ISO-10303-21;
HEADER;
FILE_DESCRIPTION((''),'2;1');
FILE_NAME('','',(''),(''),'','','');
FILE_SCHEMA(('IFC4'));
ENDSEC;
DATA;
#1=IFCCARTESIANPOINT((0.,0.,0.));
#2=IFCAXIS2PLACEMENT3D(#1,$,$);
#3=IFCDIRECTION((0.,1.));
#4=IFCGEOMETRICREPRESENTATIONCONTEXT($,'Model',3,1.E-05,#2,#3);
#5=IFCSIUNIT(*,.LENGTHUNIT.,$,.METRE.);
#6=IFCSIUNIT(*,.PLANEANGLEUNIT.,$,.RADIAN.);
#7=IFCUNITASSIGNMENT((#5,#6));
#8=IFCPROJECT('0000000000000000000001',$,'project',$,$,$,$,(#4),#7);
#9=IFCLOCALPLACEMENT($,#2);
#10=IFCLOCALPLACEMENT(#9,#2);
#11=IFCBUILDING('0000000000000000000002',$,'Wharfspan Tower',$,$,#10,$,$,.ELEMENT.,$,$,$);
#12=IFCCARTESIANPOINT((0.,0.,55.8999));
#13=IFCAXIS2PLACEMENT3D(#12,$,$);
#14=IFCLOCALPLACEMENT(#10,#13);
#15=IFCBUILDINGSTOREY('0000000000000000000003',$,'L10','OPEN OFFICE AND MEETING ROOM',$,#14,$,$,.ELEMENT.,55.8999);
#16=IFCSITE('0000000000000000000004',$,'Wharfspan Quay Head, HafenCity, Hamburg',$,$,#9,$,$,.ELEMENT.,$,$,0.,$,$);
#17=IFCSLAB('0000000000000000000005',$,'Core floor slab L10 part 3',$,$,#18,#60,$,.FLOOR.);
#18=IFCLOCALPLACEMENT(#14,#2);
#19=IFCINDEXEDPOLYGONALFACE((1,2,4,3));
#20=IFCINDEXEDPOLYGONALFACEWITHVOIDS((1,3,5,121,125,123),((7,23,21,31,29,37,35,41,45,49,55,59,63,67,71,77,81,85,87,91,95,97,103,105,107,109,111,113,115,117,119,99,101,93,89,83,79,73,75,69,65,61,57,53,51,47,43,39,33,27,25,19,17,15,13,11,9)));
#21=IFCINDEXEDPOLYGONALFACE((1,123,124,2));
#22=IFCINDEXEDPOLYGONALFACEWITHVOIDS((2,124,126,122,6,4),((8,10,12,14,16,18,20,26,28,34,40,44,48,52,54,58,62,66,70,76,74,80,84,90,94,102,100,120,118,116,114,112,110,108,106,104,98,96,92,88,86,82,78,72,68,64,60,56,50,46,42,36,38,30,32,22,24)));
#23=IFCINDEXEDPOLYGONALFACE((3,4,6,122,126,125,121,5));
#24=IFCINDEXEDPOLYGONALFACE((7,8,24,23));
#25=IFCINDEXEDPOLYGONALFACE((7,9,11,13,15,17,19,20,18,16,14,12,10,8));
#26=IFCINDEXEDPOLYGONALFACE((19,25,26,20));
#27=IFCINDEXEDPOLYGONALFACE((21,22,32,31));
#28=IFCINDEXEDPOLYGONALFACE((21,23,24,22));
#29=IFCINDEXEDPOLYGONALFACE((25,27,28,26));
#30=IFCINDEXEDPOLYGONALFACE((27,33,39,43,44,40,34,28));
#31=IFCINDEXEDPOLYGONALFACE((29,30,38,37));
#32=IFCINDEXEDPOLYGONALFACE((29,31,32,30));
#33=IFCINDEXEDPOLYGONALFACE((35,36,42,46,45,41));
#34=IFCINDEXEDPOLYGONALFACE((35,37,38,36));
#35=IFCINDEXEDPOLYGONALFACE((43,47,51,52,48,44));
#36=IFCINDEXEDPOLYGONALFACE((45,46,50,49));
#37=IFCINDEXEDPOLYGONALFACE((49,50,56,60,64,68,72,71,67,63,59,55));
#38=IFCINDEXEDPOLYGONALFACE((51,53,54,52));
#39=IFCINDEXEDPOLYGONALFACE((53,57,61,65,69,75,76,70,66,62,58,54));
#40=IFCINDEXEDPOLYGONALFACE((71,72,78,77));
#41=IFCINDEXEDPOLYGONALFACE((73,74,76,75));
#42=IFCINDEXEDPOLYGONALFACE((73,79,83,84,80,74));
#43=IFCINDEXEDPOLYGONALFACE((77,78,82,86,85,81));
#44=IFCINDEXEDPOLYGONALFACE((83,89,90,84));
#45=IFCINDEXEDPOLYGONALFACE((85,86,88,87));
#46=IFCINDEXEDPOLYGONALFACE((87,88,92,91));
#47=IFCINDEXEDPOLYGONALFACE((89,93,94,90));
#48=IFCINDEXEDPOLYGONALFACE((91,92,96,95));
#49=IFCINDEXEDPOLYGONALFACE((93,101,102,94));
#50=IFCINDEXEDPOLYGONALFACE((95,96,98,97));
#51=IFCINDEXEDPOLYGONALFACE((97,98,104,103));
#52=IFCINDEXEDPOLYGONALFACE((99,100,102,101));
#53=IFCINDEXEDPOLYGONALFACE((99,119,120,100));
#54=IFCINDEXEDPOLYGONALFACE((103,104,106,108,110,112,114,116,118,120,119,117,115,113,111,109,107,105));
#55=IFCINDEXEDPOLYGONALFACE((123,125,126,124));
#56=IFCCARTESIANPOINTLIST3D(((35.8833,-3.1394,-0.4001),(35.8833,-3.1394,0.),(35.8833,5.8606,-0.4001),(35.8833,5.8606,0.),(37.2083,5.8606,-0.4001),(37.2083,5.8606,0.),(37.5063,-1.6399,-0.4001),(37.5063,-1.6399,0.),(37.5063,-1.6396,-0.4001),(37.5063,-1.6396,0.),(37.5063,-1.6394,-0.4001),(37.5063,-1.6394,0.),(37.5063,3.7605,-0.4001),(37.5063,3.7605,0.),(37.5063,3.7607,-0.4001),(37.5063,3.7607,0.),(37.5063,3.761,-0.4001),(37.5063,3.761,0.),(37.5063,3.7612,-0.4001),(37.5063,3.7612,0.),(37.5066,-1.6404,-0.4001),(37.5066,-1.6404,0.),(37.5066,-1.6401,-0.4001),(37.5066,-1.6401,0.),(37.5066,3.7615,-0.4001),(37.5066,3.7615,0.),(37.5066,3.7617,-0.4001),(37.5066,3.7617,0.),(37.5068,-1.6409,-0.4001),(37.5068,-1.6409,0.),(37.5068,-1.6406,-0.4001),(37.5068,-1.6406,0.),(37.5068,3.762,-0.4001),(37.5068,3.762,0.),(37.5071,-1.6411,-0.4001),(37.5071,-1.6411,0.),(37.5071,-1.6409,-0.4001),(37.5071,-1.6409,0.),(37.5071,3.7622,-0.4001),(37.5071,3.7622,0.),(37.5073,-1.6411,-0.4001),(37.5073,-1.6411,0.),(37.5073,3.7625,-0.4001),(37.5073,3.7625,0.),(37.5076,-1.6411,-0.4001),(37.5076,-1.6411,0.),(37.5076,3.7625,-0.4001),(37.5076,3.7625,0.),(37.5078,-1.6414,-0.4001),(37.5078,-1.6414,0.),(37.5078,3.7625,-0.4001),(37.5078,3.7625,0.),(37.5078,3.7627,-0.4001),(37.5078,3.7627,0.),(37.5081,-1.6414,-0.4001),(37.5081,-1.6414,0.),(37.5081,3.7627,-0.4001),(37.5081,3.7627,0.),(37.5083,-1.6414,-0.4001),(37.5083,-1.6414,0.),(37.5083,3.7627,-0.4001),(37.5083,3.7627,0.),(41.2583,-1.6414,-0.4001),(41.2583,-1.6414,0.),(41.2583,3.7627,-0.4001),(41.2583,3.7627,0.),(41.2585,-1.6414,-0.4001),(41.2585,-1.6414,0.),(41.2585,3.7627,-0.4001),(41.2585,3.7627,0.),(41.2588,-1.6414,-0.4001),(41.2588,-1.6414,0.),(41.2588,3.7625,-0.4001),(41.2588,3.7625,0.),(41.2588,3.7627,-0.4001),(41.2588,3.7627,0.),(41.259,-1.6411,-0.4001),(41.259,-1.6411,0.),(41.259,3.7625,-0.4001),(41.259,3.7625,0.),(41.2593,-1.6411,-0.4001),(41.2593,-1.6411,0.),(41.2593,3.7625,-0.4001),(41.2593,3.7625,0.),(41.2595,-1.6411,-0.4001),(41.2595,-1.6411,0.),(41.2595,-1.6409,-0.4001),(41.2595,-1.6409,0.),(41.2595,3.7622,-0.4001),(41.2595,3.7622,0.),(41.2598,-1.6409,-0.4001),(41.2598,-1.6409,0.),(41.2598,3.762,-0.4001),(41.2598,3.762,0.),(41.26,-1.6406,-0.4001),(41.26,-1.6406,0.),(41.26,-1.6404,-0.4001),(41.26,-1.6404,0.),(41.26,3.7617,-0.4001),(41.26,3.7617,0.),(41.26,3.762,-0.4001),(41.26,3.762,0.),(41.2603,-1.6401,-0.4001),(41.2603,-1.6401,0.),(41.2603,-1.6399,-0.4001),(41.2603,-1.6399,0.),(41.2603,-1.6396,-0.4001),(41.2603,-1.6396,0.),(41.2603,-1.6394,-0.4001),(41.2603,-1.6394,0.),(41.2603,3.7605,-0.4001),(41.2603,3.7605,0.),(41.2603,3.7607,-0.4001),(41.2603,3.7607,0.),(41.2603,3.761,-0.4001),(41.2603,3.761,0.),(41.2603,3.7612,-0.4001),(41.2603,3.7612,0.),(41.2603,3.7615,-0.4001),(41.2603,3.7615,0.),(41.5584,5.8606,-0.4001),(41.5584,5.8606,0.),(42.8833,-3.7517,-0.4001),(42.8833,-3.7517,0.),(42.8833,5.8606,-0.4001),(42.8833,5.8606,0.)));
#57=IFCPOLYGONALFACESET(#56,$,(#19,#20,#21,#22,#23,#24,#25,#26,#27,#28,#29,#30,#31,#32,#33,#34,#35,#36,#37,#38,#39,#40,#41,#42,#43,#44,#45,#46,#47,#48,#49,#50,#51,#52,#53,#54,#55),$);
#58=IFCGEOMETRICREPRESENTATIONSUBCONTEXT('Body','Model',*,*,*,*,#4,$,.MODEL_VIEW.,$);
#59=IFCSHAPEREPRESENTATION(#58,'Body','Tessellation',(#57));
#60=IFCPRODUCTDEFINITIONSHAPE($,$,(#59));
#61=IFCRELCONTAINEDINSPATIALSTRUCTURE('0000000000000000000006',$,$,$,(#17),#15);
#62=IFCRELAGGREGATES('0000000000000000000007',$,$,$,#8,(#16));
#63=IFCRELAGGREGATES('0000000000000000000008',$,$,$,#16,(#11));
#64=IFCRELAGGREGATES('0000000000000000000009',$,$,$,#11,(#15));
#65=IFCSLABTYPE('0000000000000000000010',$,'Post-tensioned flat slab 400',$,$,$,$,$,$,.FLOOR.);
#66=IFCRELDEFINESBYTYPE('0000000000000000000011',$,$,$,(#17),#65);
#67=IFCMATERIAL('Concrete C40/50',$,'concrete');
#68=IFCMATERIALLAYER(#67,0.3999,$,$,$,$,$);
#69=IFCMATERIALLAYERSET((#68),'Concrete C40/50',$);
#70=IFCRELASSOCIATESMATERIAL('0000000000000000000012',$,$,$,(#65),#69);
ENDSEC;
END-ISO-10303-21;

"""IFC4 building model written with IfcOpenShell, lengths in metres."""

from ifc_helpers import new_model, si_unit, direction, frame, origin, place, context, subcontext, project, spatial, polyline, outline, extrude, material, layer, layer_set, type_object, element, save


model = new_model("IFC4")

# Units and contexts
model_context = context("Model", 3, precision=1e-05, world=origin(), true_north=direction((0.0, 1.0)))
body_context = subcontext(model_context, "Body", "Model", "MODEL_VIEW")
ifc_project = project(units=[si_unit("LENGTHUNIT", "METRE"), si_unit("PLANEANGLEUNIT", "RADIAN")], contexts=[model_context])

# Site, building, storey
site_placement = place(None, origin())
site = spatial("IfcSite", under=ifc_project, at=site_placement, Name="Wharfspan Quay Head, HafenCity, Hamburg", CompositionType="ELEMENT", RefElevation=0.0)
building_placement = place(site_placement, origin())
building = spatial("IfcBuilding", under=site, at=building_placement, Name="Wharfspan Tower", CompositionType="ELEMENT")
storey_placement = place(building_placement, frame((0.0, 0.0, 55.8999)))
storey = spatial("IfcBuildingStorey", under=building, at=storey_placement, Name="L10", Description="OPEN OFFICE AND MEETING ROOM", CompositionType="ELEMENT", Elevation=55.8999)

# Slab
ifc_material_1 = material(Name="Concrete C40/50", Category="concrete")
ifc_layer_1 = layer(ifc_material_1, 0.3999)
ifc_layer_set_1 = layer_set([ifc_layer_1], Name="Concrete C40/50")
slab_type = type_object("IfcSlabType", Name="Post-tensioned flat slab 400", PredefinedType="FLOOR", material=ifc_layer_set_1)
slab_1_placement = place(storey_placement, frame((0.0, 0.0, -0.4001)))
element("IfcSlab", 1, at=slab_1_placement, inside=storey, type_object=slab_type, Name="Core floor slab L10 part 3", PredefinedType="FLOOR", context=body_context, shape_type="SweptSolid", body=[
    extrude(outline(polyline([(41.5583, 5.8606), (37.2083, 5.8606), (35.8833, 5.8606), (35.8833, -3.1394), (42.8833, -3.7517), (42.8833, 5.8606), (41.5583, 5.8606)]), holes=[polyline([(37.5063, 3.7605), (37.5063, 3.7607), (37.5063, 3.761), (37.5063, 3.7612), (37.5066, 3.7615), (37.5066, 3.7617), (37.5066, 3.7617), (37.5068, 3.762), (37.5068, 3.762), (37.5071, 3.7622), (37.5071, 3.7622), (37.5073, 3.7625), (37.5076, 3.7625), (37.5078, 3.7625), (37.5078, 3.7627), (37.5081, 3.7627), (37.5083, 3.7627), (41.2583, 3.7627), (41.2585, 3.7627), (41.2588, 3.7627), (41.2588, 3.7625), (41.259, 3.7625), (41.2593, 3.7625), (41.2595, 3.7622), (41.2595, 3.7622), (41.2598, 3.762), (41.26, 3.762), (41.26, 3.7617), (41.26, 3.7617), (41.2603, 3.7615), (41.2603, 3.7612), (41.2603, 3.761), (41.2603, 3.7607), (41.2603, 3.7605), (41.2603, -1.6394), (41.2603, -1.6396), (41.2603, -1.6399), (41.2603, -1.6399), (41.2603, -1.6401), (41.26, -1.6404), (41.26, -1.6404), (41.26, -1.6406), (41.2598, -1.6409), (41.2595, -1.6409), (41.2595, -1.6411), (41.2593, -1.6411), (41.259, -1.6411), (41.2588, -1.6414), (41.2588, -1.6414), (41.2585, -1.6414), (41.2583, -1.6414), (37.5083, -1.6414), (37.5081, -1.6414), (37.5078, -1.6414), (37.5078, -1.6414), (37.5076, -1.6411), (37.5073, -1.6411), (37.5071, -1.6411), (37.5071, -1.6409), (37.5068, -1.6409), (37.5068, -1.6406), (37.5066, -1.6404), (37.5066, -1.6404), (37.5066, -1.6401), (37.5063, -1.6399), (37.5063, -1.6399), (37.5063, -1.6396), (37.5063, -1.6394), (37.5063, 3.7605)])]), origin(), (0.0, 0.0, 1.0), 0.4001),
])

save(model, "model.ifc")
